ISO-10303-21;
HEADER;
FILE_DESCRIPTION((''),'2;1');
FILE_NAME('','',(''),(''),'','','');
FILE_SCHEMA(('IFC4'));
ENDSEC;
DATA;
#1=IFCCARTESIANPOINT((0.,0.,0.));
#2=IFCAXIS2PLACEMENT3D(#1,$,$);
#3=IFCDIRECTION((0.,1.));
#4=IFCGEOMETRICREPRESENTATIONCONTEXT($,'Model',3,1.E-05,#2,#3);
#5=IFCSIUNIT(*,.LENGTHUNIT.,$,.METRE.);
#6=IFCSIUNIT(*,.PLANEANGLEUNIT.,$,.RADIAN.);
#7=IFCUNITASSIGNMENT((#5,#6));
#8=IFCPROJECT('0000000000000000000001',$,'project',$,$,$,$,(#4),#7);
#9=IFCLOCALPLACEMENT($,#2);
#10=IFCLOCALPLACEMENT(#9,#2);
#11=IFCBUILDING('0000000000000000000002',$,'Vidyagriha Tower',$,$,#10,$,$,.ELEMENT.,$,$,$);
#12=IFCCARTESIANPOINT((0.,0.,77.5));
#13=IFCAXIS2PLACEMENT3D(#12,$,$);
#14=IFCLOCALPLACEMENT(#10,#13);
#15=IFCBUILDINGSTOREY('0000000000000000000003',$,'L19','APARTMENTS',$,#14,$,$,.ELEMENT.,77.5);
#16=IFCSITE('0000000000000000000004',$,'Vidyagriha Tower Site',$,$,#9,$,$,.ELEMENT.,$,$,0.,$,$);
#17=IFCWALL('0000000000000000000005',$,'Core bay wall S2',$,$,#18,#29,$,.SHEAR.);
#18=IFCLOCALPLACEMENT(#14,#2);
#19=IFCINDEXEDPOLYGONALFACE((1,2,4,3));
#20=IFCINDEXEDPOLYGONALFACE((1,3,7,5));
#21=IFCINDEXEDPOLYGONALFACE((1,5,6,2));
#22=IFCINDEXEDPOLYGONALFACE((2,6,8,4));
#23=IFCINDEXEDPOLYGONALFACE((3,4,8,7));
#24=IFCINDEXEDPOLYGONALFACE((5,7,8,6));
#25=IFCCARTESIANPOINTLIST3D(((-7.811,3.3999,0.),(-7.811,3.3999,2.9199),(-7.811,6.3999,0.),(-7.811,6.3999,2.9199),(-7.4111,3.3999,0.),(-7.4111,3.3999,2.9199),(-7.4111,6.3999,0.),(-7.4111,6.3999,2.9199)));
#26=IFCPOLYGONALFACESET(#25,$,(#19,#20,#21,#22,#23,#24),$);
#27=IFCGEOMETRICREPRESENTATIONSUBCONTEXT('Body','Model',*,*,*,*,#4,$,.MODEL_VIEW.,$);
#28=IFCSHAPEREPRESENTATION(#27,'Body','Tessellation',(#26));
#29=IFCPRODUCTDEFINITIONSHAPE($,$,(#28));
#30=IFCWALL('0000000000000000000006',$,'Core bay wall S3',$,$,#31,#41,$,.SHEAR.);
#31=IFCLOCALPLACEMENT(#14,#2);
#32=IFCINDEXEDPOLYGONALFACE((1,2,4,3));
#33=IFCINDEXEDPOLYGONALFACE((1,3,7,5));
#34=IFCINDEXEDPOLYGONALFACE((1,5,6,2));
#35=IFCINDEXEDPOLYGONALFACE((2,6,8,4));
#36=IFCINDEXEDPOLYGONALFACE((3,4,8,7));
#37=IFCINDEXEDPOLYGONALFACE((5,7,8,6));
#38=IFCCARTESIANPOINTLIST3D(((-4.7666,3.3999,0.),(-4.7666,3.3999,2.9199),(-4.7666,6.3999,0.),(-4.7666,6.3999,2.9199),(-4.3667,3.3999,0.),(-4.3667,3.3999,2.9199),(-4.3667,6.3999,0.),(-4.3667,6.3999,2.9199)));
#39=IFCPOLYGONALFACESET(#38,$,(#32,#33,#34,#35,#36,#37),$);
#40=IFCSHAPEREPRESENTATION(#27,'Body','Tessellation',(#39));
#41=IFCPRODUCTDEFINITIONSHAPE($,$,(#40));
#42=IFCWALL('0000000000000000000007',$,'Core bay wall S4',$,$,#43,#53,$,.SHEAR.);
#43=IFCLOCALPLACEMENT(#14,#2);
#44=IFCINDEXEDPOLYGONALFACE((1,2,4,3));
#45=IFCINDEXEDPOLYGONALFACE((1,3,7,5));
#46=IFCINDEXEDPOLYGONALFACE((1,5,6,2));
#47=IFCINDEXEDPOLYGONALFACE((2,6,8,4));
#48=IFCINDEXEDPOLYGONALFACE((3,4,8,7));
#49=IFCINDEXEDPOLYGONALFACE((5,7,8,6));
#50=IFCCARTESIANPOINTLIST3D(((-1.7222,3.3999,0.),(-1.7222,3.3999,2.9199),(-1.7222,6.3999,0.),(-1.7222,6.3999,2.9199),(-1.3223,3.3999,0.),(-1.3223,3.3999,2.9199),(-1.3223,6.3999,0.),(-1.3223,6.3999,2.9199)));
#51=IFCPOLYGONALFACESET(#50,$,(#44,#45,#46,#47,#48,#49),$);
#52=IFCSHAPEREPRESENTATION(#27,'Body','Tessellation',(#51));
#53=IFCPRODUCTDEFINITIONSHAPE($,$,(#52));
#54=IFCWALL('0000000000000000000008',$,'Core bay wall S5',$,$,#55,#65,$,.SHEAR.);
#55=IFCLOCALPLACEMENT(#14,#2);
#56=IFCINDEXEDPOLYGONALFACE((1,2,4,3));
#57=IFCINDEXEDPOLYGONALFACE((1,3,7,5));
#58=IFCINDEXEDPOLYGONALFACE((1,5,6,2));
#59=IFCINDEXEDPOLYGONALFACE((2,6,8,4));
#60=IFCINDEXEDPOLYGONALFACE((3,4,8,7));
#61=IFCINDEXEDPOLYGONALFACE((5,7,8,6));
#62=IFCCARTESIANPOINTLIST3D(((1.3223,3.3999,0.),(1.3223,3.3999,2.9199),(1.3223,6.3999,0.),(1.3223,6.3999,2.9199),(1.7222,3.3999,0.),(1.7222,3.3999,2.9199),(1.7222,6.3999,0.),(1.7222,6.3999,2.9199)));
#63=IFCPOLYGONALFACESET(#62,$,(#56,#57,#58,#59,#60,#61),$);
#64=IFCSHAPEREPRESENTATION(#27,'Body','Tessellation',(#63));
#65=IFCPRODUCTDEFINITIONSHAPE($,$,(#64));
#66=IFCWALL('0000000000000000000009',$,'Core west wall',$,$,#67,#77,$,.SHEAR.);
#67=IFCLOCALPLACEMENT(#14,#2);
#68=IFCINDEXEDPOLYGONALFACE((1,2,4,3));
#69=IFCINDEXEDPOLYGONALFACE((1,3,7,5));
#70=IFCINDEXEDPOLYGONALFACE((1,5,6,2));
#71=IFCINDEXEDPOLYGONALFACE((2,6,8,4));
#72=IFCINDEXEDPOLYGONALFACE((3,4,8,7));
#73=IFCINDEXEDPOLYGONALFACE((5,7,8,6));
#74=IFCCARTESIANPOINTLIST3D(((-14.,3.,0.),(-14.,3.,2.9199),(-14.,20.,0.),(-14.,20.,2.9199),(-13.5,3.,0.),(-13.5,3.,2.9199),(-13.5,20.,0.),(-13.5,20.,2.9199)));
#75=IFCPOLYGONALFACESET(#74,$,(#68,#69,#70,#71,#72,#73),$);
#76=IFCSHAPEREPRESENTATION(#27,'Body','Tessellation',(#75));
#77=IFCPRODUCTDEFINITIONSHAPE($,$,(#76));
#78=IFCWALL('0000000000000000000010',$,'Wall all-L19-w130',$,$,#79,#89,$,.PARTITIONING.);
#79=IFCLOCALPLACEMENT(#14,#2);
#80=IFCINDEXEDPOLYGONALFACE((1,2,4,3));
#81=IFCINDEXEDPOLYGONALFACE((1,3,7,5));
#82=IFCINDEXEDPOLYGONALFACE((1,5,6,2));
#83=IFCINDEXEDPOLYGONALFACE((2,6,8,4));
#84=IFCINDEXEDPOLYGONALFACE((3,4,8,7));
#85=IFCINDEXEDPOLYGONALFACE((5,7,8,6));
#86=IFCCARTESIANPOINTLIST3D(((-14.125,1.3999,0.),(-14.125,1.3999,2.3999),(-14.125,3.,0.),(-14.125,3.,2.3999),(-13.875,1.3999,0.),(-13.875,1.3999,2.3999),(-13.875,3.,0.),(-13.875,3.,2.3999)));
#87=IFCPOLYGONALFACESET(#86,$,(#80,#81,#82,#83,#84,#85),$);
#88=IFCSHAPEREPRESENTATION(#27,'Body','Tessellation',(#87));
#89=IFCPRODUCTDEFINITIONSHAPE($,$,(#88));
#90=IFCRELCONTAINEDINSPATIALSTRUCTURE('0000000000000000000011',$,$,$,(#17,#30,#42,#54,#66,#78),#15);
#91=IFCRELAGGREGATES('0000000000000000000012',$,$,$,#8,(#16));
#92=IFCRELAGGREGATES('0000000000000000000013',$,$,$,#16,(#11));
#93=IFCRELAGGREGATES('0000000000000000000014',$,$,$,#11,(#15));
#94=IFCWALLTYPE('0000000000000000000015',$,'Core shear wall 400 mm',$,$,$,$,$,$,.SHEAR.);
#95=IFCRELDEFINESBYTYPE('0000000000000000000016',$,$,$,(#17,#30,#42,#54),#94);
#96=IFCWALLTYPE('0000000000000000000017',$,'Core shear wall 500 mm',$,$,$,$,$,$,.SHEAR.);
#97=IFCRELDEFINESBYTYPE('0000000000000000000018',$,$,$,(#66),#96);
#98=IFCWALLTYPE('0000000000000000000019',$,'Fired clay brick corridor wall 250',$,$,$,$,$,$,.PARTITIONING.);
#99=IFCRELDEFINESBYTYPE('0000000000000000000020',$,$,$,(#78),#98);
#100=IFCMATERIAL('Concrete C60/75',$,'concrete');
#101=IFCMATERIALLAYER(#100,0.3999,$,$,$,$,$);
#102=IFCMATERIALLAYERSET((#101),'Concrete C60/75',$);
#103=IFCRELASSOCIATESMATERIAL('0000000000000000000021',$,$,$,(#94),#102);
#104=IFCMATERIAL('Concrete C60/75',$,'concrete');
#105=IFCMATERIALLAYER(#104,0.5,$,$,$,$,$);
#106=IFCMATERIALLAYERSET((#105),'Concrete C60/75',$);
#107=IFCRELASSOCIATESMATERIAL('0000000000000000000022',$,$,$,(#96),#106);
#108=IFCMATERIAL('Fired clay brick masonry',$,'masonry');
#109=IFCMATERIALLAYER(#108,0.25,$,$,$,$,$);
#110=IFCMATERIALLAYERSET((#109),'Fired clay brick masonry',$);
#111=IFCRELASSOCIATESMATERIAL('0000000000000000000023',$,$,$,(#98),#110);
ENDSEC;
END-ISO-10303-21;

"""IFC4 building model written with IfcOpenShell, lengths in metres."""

from ifc_helpers import new_model, si_unit, direction, frame, frame_2d, origin, place, context, subcontext, project, spatial, rectangle, extrude, material, layer, layer_set, type_object, element, save


model = new_model("IFC4")

# Units and contexts
model_context = context("Model", 3, precision=1e-05, world=origin(), true_north=direction((0.0, 1.0)))
body_context = subcontext(model_context, "Body", "Model", "MODEL_VIEW")
ifc_project = project(units=[si_unit("LENGTHUNIT", "METRE"), si_unit("PLANEANGLEUNIT", "RADIAN")], contexts=[model_context])

# Site, building, storey
site_placement = place(None, origin())
site = spatial("IfcSite", under=ifc_project, at=site_placement, Name="Vidyagriha Tower Site", CompositionType="ELEMENT", RefElevation=0.0)
building_placement = place(site_placement, origin())
building = spatial("IfcBuilding", under=site, at=building_placement, Name="Vidyagriha Tower", CompositionType="ELEMENT")
storey_placement = place(building_placement, frame((0.0, 0.0, 77.5)))
storey = spatial("IfcBuildingStorey", under=building, at=storey_placement, Name="L19", Description="APARTMENTS", CompositionType="ELEMENT", Elevation=77.5)

# Shared definitions
ifc_material_1 = material(Name="Concrete C60/75", Category="concrete")
ifc_layer_1 = layer(ifc_material_1, 0.3999)
ifc_layer_set_1 = layer_set([ifc_layer_1], Name="Concrete C60/75")
wall_type_1 = type_object("IfcWallType", Name="Core shear wall 400 mm", PredefinedType="SHEAR", material=ifc_layer_set_1)

# Walls
for number, where, z_axis, x_axis, name in (
    (1, (-7.6111, 3.3999, 0.0), (0.0, 0.0, 1.0), (0.0, 1.0, 0.0), "Core bay wall S2"),
    (2, (-4.5667, 3.3999, 0.0), (0.0, 0.0, 1.0), (0.0, 1.0, 0.0), "Core bay wall S3"),
    (3, (-1.5222, 3.3999, 0.0), (0.0, 0.0, 1.0), (0.0, 1.0, 0.0), "Core bay wall S4"),
    (4, (1.5222, 3.3999, 0.0), (0.0, 0.0, 1.0), (0.0, 1.0, 0.0), "Core bay wall S5"),
):
    element("IfcWall", number, at=place(storey_placement, frame(where, z_axis=z_axis, x_axis=x_axis)), inside=storey, type_object=wall_type_1, Name=name, PredefinedType="SHEAR", context=body_context, shape_type="SweptSolid", body=[
        extrude(rectangle(XDim=3.0, YDim=0.3999, at=frame_2d((1.5, 0.0))), origin(), (0.0, 0.0, 1.0), 2.9199),
    ])
ifc_material_2 = material(Name="Concrete C60/75", Category="concrete")
ifc_layer_2 = layer(ifc_material_2, 0.5)
ifc_layer_set_2 = layer_set([ifc_layer_2], Name="Concrete C60/75")
wall_type_2 = type_object("IfcWallType", Name="Core shear wall 500 mm", PredefinedType="SHEAR", material=ifc_layer_set_2)
wall_1_placement = place(storey_placement, frame((-13.75, 3.0, 0.0), z_axis=(0.0, 0.0, 1.0), x_axis=(0.0, 1.0, 0.0)))
element("IfcWall", 5, at=wall_1_placement, inside=storey, type_object=wall_type_2, Name="Core west wall", PredefinedType="SHEAR", context=body_context, shape_type="SweptSolid", body=[
    extrude(rectangle(XDim=17.0, YDim=0.5, at=frame_2d((8.5, 0.0))), origin(), (0.0, 0.0, 1.0), 2.9199),
])
ifc_material_3 = material(Name="Fired clay brick masonry", Category="masonry")
ifc_layer_3 = layer(ifc_material_3, 0.25)
ifc_layer_set_3 = layer_set([ifc_layer_3], Name="Fired clay brick masonry")
wall_type_3 = type_object("IfcWallType", Name="Fired clay brick corridor wall 250", PredefinedType="PARTITIONING", material=ifc_layer_set_3)
wall_2_placement = place(storey_placement, frame((-14.0, 3.0, 0.0), z_axis=(0.0, 0.0, 1.0), x_axis=(0.0, -1.0, 0.0)))
element("IfcWall", 6, at=wall_2_placement, inside=storey, type_object=wall_type_3, Name="Wall all-L19-w130", PredefinedType="PARTITIONING", context=body_context, shape_type="SweptSolid", body=[
    extrude(rectangle(XDim=1.6001, YDim=0.25, at=frame_2d((0.8, 0.0))), origin(), (0.0, 0.0, 1.0), 2.3999),
])

save(model, "model.ifc")
